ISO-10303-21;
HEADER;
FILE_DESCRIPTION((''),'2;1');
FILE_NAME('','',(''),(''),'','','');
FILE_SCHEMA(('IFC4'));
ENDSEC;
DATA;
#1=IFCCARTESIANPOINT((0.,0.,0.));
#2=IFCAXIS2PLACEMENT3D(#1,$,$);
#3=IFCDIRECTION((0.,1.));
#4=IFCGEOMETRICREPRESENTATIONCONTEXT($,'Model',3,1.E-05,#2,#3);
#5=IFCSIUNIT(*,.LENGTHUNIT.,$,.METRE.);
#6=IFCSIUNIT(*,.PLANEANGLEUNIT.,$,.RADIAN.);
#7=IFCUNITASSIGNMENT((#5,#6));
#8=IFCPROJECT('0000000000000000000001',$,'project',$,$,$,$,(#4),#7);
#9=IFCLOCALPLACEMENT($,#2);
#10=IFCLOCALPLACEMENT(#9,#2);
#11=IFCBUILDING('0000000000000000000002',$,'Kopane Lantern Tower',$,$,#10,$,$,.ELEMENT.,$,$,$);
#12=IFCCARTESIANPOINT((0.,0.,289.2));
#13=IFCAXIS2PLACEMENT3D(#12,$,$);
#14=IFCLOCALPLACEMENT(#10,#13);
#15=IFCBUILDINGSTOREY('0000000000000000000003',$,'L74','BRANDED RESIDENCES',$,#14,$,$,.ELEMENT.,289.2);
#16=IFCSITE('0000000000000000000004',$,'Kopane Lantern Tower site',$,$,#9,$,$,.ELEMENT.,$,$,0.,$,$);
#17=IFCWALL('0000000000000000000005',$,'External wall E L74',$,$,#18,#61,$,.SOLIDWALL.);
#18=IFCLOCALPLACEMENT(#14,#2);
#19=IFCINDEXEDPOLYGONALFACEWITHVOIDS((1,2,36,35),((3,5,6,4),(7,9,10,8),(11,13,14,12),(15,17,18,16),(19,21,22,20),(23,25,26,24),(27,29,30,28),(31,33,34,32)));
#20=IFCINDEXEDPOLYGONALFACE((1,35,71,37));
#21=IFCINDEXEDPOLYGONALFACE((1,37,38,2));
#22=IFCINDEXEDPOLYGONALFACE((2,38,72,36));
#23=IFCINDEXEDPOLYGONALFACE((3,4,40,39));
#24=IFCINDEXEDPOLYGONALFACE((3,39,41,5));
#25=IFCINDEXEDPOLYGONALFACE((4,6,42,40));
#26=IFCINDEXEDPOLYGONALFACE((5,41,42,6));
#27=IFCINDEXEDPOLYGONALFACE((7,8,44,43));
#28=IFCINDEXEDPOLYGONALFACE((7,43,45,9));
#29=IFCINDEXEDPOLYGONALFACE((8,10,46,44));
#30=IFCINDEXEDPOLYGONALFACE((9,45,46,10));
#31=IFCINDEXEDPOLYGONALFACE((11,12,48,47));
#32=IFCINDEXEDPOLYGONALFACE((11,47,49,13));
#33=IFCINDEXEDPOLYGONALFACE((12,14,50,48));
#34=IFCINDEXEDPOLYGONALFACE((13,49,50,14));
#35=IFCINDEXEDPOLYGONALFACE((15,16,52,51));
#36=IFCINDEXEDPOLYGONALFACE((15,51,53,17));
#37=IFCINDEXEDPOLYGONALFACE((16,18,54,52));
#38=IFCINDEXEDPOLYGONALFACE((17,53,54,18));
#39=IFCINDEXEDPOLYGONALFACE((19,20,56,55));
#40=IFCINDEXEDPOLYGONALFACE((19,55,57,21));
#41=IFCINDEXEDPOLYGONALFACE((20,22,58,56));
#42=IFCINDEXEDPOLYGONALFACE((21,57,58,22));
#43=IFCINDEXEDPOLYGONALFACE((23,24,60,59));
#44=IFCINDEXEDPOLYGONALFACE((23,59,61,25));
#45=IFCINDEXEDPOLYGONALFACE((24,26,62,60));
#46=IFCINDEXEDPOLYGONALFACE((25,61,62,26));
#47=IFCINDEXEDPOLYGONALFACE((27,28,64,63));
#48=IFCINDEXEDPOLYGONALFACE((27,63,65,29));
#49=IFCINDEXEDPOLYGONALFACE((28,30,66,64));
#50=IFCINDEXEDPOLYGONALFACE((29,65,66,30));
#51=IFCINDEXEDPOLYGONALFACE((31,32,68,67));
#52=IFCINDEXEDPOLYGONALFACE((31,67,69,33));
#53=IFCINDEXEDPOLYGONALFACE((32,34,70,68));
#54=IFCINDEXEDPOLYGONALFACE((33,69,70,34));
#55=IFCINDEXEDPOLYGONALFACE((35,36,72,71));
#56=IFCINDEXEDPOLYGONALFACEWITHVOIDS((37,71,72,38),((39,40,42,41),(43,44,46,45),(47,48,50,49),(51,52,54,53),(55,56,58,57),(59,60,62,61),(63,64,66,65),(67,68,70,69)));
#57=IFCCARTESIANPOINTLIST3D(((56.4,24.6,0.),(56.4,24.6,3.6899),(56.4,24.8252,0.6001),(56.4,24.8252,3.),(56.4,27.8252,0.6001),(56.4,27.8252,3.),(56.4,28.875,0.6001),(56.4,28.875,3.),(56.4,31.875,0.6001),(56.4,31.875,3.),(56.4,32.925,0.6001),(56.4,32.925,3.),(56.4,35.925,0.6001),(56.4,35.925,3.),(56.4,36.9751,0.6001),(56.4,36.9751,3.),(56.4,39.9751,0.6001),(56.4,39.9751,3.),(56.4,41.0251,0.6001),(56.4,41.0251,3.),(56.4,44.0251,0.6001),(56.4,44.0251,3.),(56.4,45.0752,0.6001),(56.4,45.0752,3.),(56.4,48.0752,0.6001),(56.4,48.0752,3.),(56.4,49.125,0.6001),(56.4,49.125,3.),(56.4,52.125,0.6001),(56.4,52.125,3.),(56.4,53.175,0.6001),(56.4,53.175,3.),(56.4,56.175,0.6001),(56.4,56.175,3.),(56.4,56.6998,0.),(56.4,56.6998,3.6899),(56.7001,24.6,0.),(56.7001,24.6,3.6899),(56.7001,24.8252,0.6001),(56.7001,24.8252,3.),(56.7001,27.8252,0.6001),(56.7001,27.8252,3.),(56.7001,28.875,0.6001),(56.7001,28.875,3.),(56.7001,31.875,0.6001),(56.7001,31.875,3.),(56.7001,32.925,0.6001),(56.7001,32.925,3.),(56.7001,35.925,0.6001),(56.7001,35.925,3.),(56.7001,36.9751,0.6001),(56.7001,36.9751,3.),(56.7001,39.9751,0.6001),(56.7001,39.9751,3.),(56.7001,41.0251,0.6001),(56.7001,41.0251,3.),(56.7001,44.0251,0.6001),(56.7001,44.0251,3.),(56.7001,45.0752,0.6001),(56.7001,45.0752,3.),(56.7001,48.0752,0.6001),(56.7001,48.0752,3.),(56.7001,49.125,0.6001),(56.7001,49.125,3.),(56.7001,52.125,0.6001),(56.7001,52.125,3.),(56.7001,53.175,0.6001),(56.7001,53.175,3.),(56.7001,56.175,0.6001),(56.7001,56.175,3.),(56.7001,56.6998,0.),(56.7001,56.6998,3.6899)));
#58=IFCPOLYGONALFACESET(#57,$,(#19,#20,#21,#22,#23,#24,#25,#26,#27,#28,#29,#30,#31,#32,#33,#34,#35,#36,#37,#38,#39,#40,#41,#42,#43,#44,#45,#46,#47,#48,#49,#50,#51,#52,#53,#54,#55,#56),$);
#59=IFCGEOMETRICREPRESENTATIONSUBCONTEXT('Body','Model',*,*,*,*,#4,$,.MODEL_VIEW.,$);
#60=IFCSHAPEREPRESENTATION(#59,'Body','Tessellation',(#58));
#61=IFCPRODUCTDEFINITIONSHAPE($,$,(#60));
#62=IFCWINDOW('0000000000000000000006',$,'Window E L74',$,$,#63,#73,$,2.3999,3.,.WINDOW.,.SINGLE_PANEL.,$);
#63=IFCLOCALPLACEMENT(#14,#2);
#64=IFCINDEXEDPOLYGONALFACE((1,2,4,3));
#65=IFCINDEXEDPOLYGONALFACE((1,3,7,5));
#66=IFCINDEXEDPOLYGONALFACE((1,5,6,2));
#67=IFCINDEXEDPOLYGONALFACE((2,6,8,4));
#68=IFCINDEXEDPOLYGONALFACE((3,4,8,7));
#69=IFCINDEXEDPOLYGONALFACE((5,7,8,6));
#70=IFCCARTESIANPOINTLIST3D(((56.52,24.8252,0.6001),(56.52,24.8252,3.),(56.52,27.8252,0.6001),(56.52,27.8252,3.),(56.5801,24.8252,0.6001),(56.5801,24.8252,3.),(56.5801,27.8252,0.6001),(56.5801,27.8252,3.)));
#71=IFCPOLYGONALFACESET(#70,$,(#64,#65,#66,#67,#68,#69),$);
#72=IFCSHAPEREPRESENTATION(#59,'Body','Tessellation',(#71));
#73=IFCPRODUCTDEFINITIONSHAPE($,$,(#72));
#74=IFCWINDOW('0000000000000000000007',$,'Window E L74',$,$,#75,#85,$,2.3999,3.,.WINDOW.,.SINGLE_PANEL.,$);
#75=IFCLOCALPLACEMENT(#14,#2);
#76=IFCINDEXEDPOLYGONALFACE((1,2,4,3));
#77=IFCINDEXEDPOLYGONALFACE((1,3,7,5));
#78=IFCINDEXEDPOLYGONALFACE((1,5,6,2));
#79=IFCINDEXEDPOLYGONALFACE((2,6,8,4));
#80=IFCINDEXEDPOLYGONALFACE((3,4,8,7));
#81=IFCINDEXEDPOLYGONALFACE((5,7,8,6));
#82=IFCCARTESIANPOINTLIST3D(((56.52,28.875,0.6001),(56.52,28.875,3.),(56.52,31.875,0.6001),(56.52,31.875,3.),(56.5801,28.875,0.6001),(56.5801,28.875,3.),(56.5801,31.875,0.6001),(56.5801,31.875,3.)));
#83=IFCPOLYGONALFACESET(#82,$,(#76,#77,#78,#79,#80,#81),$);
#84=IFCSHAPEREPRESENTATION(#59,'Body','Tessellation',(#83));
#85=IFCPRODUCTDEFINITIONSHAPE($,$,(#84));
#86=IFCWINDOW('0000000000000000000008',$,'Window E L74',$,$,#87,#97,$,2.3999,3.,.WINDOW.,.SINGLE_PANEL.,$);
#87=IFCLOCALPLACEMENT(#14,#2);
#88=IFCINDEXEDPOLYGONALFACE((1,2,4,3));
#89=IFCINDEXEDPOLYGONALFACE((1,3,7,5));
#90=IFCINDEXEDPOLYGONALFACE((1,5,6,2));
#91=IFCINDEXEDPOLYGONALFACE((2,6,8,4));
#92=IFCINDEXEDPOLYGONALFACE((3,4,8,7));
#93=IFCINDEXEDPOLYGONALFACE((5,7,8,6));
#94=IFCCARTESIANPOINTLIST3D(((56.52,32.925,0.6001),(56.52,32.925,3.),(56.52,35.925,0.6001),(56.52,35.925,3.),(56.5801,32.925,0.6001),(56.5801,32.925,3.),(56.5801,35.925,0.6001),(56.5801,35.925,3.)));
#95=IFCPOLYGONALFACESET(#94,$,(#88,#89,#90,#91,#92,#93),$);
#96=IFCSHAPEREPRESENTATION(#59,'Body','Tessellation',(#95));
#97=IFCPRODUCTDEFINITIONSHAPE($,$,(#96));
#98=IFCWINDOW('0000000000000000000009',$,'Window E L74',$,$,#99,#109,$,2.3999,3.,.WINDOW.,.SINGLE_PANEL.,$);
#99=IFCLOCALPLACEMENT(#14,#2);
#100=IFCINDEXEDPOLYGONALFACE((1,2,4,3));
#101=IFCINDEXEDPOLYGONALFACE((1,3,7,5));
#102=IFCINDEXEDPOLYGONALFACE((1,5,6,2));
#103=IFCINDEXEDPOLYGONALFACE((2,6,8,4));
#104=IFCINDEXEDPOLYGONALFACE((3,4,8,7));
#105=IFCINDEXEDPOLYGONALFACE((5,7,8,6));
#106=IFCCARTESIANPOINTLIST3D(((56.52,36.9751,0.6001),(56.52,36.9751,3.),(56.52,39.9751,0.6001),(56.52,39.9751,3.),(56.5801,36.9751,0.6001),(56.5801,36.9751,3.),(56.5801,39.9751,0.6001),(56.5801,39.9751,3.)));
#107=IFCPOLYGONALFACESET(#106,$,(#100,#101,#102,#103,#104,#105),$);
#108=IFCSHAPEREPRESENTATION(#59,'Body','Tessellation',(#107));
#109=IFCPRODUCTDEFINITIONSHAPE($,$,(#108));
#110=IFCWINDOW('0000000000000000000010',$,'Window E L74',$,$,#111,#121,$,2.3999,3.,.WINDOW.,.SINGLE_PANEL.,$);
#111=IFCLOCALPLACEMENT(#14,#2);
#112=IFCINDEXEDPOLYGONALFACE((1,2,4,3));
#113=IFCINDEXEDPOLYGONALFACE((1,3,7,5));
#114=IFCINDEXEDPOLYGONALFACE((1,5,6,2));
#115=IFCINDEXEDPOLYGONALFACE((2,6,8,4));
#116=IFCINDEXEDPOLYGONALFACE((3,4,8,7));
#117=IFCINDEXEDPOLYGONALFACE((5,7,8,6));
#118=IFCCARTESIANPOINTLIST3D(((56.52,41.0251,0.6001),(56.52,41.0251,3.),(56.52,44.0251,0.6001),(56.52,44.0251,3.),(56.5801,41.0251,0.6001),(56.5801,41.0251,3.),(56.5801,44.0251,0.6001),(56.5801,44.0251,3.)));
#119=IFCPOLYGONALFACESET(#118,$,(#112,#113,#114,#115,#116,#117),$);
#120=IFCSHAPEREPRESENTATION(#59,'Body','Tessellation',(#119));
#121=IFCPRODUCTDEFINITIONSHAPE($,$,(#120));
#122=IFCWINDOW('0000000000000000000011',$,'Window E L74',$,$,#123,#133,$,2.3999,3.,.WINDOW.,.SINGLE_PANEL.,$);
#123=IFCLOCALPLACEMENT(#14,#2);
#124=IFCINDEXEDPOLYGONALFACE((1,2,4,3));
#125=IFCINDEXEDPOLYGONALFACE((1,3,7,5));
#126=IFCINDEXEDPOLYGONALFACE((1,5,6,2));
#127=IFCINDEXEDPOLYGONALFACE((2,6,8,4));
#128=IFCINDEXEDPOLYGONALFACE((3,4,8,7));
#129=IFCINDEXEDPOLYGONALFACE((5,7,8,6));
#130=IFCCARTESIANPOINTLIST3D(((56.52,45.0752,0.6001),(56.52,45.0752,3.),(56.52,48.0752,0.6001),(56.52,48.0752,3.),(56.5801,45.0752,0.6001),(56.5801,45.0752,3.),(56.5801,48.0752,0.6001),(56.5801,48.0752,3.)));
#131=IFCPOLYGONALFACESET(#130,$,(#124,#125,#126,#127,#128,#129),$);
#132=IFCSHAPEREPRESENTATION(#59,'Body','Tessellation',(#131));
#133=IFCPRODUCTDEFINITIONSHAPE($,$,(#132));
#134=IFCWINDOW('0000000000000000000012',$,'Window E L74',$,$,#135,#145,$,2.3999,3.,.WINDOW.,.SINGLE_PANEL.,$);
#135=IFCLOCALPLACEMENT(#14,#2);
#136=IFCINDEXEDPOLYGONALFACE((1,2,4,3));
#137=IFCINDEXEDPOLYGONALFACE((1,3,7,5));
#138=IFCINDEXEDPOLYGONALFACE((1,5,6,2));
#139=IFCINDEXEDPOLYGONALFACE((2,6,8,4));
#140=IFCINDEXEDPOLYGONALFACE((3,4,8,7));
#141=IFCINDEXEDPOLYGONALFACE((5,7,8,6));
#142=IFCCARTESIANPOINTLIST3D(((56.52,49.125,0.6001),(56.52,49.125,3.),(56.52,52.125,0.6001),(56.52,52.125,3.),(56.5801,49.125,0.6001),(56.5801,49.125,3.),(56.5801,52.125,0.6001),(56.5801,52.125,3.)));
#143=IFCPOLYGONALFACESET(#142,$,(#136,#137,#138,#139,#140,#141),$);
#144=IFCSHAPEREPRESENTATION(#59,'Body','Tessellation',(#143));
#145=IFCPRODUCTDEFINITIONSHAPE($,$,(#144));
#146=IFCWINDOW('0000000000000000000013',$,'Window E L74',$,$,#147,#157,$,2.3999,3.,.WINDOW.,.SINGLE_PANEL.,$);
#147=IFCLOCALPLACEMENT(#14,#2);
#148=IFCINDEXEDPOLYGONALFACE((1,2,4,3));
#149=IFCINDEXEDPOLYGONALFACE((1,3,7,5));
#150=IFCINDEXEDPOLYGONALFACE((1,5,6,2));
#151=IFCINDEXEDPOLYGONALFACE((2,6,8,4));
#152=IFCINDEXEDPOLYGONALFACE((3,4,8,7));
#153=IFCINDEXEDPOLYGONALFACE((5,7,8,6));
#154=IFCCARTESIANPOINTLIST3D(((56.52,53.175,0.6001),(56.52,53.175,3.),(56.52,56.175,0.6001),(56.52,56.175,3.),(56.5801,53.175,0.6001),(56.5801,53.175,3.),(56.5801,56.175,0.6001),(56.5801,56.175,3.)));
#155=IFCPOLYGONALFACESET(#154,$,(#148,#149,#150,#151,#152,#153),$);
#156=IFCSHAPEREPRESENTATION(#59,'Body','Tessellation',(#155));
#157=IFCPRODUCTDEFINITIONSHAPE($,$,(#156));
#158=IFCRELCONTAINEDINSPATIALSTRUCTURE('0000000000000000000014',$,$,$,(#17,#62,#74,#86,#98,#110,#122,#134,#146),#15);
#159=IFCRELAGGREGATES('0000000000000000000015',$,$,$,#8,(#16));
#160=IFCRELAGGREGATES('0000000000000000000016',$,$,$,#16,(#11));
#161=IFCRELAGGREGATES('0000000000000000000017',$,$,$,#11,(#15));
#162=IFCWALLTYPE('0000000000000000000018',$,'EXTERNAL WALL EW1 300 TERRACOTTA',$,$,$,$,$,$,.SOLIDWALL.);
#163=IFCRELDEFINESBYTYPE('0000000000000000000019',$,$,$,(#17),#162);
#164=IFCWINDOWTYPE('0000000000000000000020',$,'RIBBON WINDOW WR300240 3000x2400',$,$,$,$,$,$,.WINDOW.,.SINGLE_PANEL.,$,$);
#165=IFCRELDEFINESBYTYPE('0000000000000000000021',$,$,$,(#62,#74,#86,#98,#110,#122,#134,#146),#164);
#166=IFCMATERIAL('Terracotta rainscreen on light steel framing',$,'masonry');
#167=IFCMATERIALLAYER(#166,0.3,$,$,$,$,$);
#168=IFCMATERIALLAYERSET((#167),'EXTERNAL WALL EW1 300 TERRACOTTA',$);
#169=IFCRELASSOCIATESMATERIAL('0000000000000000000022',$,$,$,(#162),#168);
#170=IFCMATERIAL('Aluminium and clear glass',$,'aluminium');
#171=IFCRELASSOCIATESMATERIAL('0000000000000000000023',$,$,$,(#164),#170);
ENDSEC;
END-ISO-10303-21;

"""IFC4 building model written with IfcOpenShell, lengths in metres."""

from ifc_helpers import new_model, si_unit, direction, frame, frame_2d, origin, place, context, subcontext, project, spatial, rectangle, extrude, material, layer, layer_set, type_object, element, fill, save


model = new_model("IFC4")

# Units and contexts
model_context = context("Model", 3, precision=1e-05, world=origin(), true_north=direction((0.0, 1.0)))
body_context = subcontext(model_context, "Body", "Model", "MODEL_VIEW")
ifc_project = project(units=[si_unit("LENGTHUNIT", "METRE"), si_unit("PLANEANGLEUNIT", "RADIAN")], contexts=[model_context])

# Site, building, storey
site_placement = place(None, origin())
site = spatial("IfcSite", under=ifc_project, at=site_placement, Name="Kopane Lantern Tower site", CompositionType="ELEMENT", RefElevation=0.0)
building_placement = place(site_placement, origin())
building = spatial("IfcBuilding", under=site, at=building_placement, Name="Kopane Lantern Tower", CompositionType="ELEMENT")
storey_placement = place(building_placement, frame((0.0, 0.0, 289.2)))
storey = spatial("IfcBuildingStorey", under=building, at=storey_placement, Name="L74", Description="BRANDED RESIDENCES", CompositionType="ELEMENT", Elevation=289.2)

# Shared definitions
ifc_material_1 = material(Name="Terracotta rainscreen on light steel framing", Category="masonry")
ifc_layer_1 = layer(ifc_material_1, 0.3)
ifc_layer_set_1 = layer_set([ifc_layer_1], Name="EXTERNAL WALL EW1 300 TERRACOTTA")
wall_type_1 = type_object("IfcWallType", Name="EXTERNAL WALL EW1 300 TERRACOTTA", PredefinedType="SOLIDWALL", material=ifc_layer_set_1)

# Wall, openings, windows
wall_1_placement = place(storey_placement, frame((56.55, 24.6001, 0.0), z_axis=(0.0, 0.0, 1.0), x_axis=(0.0, 1.0, 0.0)))
wall_1 = element("IfcWall", 1, at=wall_1_placement, inside=storey, type_object=wall_type_1, Name="External wall E L74", PredefinedType="SOLIDWALL", context=body_context, shape_type="SweptSolid", body=[
    extrude(rectangle(XDim=32.0999, YDim=0.3, at=frame_2d((16.0498, 0.0))), origin(), (0.0, 0.0, 1.0), 3.6899),
])
opening_1_placement = place(wall_1_placement, frame((0.2251, 0.0, 0.6001)))
opening_1 = element("IfcOpeningElement", 2, at=opening_1_placement, cuts=wall_1, PredefinedType="OPENING", context=body_context, shape_type="SweptSolid", body=[
    extrude(rectangle(XDim=3.0, YDim=2.3999, at=frame_2d((1.5, 1.2))), frame((0.0, 0.1599, 0.0), z_axis=(0.0, -1.0, 0.0), x_axis=(1.0, 0.0, 0.0)), (0.0, 0.0, 1.0), 0.3201),
])
opening_2_placement = place(wall_1_placement, frame((4.2749, 0.0, 0.6001)))
opening_2 = element("IfcOpeningElement", 3, at=opening_2_placement, cuts=wall_1, PredefinedType="OPENING", context=body_context, shape_type="SweptSolid", body=[
    extrude(rectangle(XDim=3.0, YDim=2.3999, at=frame_2d((1.5, 1.2))), frame((0.0, 0.1599, 0.0), z_axis=(0.0, -1.0, 0.0), x_axis=(1.0, 0.0, 0.0)), (0.0, 0.0, 1.0), 0.3201),
])
opening_3_placement = place(wall_1_placement, frame((8.325, 0.0, 0.6001)))
opening_3 = element("IfcOpeningElement", 4, at=opening_3_placement, cuts=wall_1, PredefinedType="OPENING", context=body_context, shape_type="SweptSolid", body=[
    extrude(rectangle(XDim=3.0, YDim=2.3999, at=frame_2d((1.5, 1.2))), frame((0.0, 0.1599, 0.0), z_axis=(0.0, -1.0, 0.0), x_axis=(1.0, 0.0, 0.0)), (0.0, 0.0, 1.0), 0.3201),
])
opening_4_placement = place(wall_1_placement, frame((12.375, 0.0, 0.6001)))
opening_4 = element("IfcOpeningElement", 5, at=opening_4_placement, cuts=wall_1, PredefinedType="OPENING", context=body_context, shape_type="SweptSolid", body=[
    extrude(rectangle(XDim=3.0, YDim=2.3999, at=frame_2d((1.5, 1.2))), frame((0.0, 0.1599, 0.0), z_axis=(0.0, -1.0, 0.0), x_axis=(1.0, 0.0, 0.0)), (0.0, 0.0, 1.0), 0.3201),
])
opening_5_placement = place(wall_1_placement, frame((16.425, 0.0, 0.6001)))
opening_5 = element("IfcOpeningElement", 6, at=opening_5_placement, cuts=wall_1, PredefinedType="OPENING", context=body_context, shape_type="SweptSolid", body=[
    extrude(rectangle(XDim=3.0, YDim=2.3999, at=frame_2d((1.5, 1.2))), frame((0.0, 0.1599, 0.0), z_axis=(0.0, -1.0, 0.0), x_axis=(1.0, 0.0, 0.0)), (0.0, 0.0, 1.0), 0.3201),
])
opening_6_placement = place(wall_1_placement, frame((20.4751, 0.0, 0.6001)))
opening_6 = element("IfcOpeningElement", 7, at=opening_6_placement, cuts=wall_1, PredefinedType="OPENING", context=body_context, shape_type="SweptSolid", body=[
    extrude(rectangle(XDim=3.0, YDim=2.3999, at=frame_2d((1.5, 1.2))), frame((0.0, 0.1599, 0.0), z_axis=(0.0, -1.0, 0.0), x_axis=(1.0, 0.0, 0.0)), (0.0, 0.0, 1.0), 0.3201),
])
opening_7_placement = place(wall_1_placement, frame((24.5249, 0.0, 0.6001)))
opening_7 = element("IfcOpeningElement", 8, at=opening_7_placement, cuts=wall_1, PredefinedType="OPENING", context=body_context, shape_type="SweptSolid", body=[
    extrude(rectangle(XDim=3.0, YDim=2.3999, at=frame_2d((1.5, 1.2))), frame((0.0, 0.1599, 0.0), z_axis=(0.0, -1.0, 0.0), x_axis=(1.0, 0.0, 0.0)), (0.0, 0.0, 1.0), 0.3201),
])
opening_8_placement = place(wall_1_placement, frame((28.575, 0.0, 0.6001)))
opening_8 = element("IfcOpeningElement", 9, at=opening_8_placement, cuts=wall_1, PredefinedType="OPENING", context=body_context, shape_type="SweptSolid", body=[
    extrude(rectangle(XDim=3.0, YDim=2.3999, at=frame_2d((1.5, 1.2))), frame((0.0, 0.1599, 0.0), z_axis=(0.0, -1.0, 0.0), x_axis=(1.0, 0.0, 0.0)), (0.0, 0.0, 1.0), 0.3201),
])
ifc_material_2 = material(Name="Aluminium and clear glass", Category="aluminium")
window_type_1 = type_object("IfcWindowType", Name="RIBBON WINDOW WR300240 3000x2400", PartitioningType="SINGLE_PANEL", PredefinedType="WINDOW", material=ifc_material_2)
window_1_placement = place(opening_1_placement, origin())
window_1 = element("IfcWindow", 10, at=window_1_placement, inside=storey, type_object=window_type_1, Name="Window E L74", OverallHeight=2.3999, OverallWidth=3.0, PartitioningType="SINGLE_PANEL", PredefinedType="WINDOW", context=body_context, shape_type="SweptSolid", body=[
    extrude(rectangle(XDim=3.0, YDim=2.3999, at=frame_2d((1.5, 1.2))), frame((0.0, 0.03, 0.0), z_axis=(0.0, -1.0, 0.0), x_axis=(1.0, 0.0, 0.0)), (0.0, 0.0, 1.0), 0.0601),
])
fill(opening_1, window_1)
window_2_placement = place(opening_2_placement, origin())
window_2 = element("IfcWindow", 11, at=window_2_placement, inside=storey, type_object=window_type_1, Name="Window E L74", OverallHeight=2.3999, OverallWidth=3.0, PartitioningType="SINGLE_PANEL", PredefinedType="WINDOW", context=body_context, shape_type="SweptSolid", body=[
    extrude(rectangle(XDim=3.0, YDim=2.3999, at=frame_2d((1.5, 1.2))), frame((0.0, 0.03, 0.0), z_axis=(0.0, -1.0, 0.0), x_axis=(1.0, 0.0, 0.0)), (0.0, 0.0, 1.0), 0.0601),
])
fill(opening_2, window_2)
window_3_placement = place(opening_3_placement, origin())
window_3 = element("IfcWindow", 12, at=window_3_placement, inside=storey, type_object=window_type_1, Name="Window E L74", OverallHeight=2.3999, OverallWidth=3.0, PartitioningType="SINGLE_PANEL", PredefinedType="WINDOW", context=body_context, shape_type="SweptSolid", body=[
    extrude(rectangle(XDim=3.0, YDim=2.3999, at=frame_2d((1.5, 1.2))), frame((0.0, 0.03, 0.0), z_axis=(0.0, -1.0, 0.0), x_axis=(1.0, 0.0, 0.0)), (0.0, 0.0, 1.0), 0.0601),
])
fill(opening_3, window_3)
window_4_placement = place(opening_4_placement, origin())
window_4 = element("IfcWindow", 13, at=window_4_placement, inside=storey, type_object=window_type_1, Name="Window E L74", OverallHeight=2.3999, OverallWidth=3.0, PartitioningType="SINGLE_PANEL", PredefinedType="WINDOW", context=body_context, shape_type="SweptSolid", body=[
    extrude(rectangle(XDim=3.0, YDim=2.3999, at=frame_2d((1.5, 1.2))), frame((0.0, 0.03, 0.0), z_axis=(0.0, -1.0, 0.0), x_axis=(1.0, 0.0, 0.0)), (0.0, 0.0, 1.0), 0.0601),
])
fill(opening_4, window_4)
window_5_placement = place(opening_5_placement, origin())
window_5 = element("IfcWindow", 14, at=window_5_placement, inside=storey, type_object=window_type_1, Name="Window E L74", OverallHeight=2.3999, OverallWidth=3.0, PartitioningType="SINGLE_PANEL", PredefinedType="WINDOW", context=body_context, shape_type="SweptSolid", body=[
    extrude(rectangle(XDim=3.0, YDim=2.3999, at=frame_2d((1.5, 1.2))), frame((0.0, 0.03, 0.0), z_axis=(0.0, -1.0, 0.0), x_axis=(1.0, 0.0, 0.0)), (0.0, 0.0, 1.0), 0.0601),
])
fill(opening_5, window_5)
window_6_placement = place(opening_6_placement, origin())
window_6 = element("IfcWindow", 15, at=window_6_placement, inside=storey, type_object=window_type_1, Name="Window E L74", OverallHeight=2.3999, OverallWidth=3.0, PartitioningType="SINGLE_PANEL", PredefinedType="WINDOW", context=body_context, shape_type="SweptSolid", body=[
    extrude(rectangle(XDim=3.0, YDim=2.3999, at=frame_2d((1.5, 1.2))), frame((0.0, 0.03, 0.0), z_axis=(0.0, -1.0, 0.0), x_axis=(1.0, 0.0, 0.0)), (0.0, 0.0, 1.0), 0.0601),
])
fill(opening_6, window_6)
window_7_placement = place(opening_7_placement, origin())
window_7 = element("IfcWindow", 16, at=window_7_placement, inside=storey, type_object=window_type_1, Name="Window E L74", OverallHeight=2.3999, OverallWidth=3.0, PartitioningType="SINGLE_PANEL", PredefinedType="WINDOW", context=body_context, shape_type="SweptSolid", body=[
    extrude(rectangle(XDim=3.0, YDim=2.3999, at=frame_2d((1.5, 1.2))), frame((0.0, 0.03, 0.0), z_axis=(0.0, -1.0, 0.0), x_axis=(1.0, 0.0, 0.0)), (0.0, 0.0, 1.0), 0.0601),
])
fill(opening_7, window_7)
window_8_placement = place(opening_8_placement, origin())
window_8 = element("IfcWindow", 17, at=window_8_placement, inside=storey, type_object=window_type_1, Name="Window E L74", OverallHeight=2.3999, OverallWidth=3.0, PartitioningType="SINGLE_PANEL", PredefinedType="WINDOW", context=body_context, shape_type="SweptSolid", body=[
    extrude(rectangle(XDim=3.0, YDim=2.3999, at=frame_2d((1.5, 1.2))), frame((0.0, 0.03, 0.0), z_axis=(0.0, -1.0, 0.0), x_axis=(1.0, 0.0, 0.0)), (0.0, 0.0, 1.0), 0.0601),
])
fill(opening_8, window_8)

save(model, "model.ifc")
